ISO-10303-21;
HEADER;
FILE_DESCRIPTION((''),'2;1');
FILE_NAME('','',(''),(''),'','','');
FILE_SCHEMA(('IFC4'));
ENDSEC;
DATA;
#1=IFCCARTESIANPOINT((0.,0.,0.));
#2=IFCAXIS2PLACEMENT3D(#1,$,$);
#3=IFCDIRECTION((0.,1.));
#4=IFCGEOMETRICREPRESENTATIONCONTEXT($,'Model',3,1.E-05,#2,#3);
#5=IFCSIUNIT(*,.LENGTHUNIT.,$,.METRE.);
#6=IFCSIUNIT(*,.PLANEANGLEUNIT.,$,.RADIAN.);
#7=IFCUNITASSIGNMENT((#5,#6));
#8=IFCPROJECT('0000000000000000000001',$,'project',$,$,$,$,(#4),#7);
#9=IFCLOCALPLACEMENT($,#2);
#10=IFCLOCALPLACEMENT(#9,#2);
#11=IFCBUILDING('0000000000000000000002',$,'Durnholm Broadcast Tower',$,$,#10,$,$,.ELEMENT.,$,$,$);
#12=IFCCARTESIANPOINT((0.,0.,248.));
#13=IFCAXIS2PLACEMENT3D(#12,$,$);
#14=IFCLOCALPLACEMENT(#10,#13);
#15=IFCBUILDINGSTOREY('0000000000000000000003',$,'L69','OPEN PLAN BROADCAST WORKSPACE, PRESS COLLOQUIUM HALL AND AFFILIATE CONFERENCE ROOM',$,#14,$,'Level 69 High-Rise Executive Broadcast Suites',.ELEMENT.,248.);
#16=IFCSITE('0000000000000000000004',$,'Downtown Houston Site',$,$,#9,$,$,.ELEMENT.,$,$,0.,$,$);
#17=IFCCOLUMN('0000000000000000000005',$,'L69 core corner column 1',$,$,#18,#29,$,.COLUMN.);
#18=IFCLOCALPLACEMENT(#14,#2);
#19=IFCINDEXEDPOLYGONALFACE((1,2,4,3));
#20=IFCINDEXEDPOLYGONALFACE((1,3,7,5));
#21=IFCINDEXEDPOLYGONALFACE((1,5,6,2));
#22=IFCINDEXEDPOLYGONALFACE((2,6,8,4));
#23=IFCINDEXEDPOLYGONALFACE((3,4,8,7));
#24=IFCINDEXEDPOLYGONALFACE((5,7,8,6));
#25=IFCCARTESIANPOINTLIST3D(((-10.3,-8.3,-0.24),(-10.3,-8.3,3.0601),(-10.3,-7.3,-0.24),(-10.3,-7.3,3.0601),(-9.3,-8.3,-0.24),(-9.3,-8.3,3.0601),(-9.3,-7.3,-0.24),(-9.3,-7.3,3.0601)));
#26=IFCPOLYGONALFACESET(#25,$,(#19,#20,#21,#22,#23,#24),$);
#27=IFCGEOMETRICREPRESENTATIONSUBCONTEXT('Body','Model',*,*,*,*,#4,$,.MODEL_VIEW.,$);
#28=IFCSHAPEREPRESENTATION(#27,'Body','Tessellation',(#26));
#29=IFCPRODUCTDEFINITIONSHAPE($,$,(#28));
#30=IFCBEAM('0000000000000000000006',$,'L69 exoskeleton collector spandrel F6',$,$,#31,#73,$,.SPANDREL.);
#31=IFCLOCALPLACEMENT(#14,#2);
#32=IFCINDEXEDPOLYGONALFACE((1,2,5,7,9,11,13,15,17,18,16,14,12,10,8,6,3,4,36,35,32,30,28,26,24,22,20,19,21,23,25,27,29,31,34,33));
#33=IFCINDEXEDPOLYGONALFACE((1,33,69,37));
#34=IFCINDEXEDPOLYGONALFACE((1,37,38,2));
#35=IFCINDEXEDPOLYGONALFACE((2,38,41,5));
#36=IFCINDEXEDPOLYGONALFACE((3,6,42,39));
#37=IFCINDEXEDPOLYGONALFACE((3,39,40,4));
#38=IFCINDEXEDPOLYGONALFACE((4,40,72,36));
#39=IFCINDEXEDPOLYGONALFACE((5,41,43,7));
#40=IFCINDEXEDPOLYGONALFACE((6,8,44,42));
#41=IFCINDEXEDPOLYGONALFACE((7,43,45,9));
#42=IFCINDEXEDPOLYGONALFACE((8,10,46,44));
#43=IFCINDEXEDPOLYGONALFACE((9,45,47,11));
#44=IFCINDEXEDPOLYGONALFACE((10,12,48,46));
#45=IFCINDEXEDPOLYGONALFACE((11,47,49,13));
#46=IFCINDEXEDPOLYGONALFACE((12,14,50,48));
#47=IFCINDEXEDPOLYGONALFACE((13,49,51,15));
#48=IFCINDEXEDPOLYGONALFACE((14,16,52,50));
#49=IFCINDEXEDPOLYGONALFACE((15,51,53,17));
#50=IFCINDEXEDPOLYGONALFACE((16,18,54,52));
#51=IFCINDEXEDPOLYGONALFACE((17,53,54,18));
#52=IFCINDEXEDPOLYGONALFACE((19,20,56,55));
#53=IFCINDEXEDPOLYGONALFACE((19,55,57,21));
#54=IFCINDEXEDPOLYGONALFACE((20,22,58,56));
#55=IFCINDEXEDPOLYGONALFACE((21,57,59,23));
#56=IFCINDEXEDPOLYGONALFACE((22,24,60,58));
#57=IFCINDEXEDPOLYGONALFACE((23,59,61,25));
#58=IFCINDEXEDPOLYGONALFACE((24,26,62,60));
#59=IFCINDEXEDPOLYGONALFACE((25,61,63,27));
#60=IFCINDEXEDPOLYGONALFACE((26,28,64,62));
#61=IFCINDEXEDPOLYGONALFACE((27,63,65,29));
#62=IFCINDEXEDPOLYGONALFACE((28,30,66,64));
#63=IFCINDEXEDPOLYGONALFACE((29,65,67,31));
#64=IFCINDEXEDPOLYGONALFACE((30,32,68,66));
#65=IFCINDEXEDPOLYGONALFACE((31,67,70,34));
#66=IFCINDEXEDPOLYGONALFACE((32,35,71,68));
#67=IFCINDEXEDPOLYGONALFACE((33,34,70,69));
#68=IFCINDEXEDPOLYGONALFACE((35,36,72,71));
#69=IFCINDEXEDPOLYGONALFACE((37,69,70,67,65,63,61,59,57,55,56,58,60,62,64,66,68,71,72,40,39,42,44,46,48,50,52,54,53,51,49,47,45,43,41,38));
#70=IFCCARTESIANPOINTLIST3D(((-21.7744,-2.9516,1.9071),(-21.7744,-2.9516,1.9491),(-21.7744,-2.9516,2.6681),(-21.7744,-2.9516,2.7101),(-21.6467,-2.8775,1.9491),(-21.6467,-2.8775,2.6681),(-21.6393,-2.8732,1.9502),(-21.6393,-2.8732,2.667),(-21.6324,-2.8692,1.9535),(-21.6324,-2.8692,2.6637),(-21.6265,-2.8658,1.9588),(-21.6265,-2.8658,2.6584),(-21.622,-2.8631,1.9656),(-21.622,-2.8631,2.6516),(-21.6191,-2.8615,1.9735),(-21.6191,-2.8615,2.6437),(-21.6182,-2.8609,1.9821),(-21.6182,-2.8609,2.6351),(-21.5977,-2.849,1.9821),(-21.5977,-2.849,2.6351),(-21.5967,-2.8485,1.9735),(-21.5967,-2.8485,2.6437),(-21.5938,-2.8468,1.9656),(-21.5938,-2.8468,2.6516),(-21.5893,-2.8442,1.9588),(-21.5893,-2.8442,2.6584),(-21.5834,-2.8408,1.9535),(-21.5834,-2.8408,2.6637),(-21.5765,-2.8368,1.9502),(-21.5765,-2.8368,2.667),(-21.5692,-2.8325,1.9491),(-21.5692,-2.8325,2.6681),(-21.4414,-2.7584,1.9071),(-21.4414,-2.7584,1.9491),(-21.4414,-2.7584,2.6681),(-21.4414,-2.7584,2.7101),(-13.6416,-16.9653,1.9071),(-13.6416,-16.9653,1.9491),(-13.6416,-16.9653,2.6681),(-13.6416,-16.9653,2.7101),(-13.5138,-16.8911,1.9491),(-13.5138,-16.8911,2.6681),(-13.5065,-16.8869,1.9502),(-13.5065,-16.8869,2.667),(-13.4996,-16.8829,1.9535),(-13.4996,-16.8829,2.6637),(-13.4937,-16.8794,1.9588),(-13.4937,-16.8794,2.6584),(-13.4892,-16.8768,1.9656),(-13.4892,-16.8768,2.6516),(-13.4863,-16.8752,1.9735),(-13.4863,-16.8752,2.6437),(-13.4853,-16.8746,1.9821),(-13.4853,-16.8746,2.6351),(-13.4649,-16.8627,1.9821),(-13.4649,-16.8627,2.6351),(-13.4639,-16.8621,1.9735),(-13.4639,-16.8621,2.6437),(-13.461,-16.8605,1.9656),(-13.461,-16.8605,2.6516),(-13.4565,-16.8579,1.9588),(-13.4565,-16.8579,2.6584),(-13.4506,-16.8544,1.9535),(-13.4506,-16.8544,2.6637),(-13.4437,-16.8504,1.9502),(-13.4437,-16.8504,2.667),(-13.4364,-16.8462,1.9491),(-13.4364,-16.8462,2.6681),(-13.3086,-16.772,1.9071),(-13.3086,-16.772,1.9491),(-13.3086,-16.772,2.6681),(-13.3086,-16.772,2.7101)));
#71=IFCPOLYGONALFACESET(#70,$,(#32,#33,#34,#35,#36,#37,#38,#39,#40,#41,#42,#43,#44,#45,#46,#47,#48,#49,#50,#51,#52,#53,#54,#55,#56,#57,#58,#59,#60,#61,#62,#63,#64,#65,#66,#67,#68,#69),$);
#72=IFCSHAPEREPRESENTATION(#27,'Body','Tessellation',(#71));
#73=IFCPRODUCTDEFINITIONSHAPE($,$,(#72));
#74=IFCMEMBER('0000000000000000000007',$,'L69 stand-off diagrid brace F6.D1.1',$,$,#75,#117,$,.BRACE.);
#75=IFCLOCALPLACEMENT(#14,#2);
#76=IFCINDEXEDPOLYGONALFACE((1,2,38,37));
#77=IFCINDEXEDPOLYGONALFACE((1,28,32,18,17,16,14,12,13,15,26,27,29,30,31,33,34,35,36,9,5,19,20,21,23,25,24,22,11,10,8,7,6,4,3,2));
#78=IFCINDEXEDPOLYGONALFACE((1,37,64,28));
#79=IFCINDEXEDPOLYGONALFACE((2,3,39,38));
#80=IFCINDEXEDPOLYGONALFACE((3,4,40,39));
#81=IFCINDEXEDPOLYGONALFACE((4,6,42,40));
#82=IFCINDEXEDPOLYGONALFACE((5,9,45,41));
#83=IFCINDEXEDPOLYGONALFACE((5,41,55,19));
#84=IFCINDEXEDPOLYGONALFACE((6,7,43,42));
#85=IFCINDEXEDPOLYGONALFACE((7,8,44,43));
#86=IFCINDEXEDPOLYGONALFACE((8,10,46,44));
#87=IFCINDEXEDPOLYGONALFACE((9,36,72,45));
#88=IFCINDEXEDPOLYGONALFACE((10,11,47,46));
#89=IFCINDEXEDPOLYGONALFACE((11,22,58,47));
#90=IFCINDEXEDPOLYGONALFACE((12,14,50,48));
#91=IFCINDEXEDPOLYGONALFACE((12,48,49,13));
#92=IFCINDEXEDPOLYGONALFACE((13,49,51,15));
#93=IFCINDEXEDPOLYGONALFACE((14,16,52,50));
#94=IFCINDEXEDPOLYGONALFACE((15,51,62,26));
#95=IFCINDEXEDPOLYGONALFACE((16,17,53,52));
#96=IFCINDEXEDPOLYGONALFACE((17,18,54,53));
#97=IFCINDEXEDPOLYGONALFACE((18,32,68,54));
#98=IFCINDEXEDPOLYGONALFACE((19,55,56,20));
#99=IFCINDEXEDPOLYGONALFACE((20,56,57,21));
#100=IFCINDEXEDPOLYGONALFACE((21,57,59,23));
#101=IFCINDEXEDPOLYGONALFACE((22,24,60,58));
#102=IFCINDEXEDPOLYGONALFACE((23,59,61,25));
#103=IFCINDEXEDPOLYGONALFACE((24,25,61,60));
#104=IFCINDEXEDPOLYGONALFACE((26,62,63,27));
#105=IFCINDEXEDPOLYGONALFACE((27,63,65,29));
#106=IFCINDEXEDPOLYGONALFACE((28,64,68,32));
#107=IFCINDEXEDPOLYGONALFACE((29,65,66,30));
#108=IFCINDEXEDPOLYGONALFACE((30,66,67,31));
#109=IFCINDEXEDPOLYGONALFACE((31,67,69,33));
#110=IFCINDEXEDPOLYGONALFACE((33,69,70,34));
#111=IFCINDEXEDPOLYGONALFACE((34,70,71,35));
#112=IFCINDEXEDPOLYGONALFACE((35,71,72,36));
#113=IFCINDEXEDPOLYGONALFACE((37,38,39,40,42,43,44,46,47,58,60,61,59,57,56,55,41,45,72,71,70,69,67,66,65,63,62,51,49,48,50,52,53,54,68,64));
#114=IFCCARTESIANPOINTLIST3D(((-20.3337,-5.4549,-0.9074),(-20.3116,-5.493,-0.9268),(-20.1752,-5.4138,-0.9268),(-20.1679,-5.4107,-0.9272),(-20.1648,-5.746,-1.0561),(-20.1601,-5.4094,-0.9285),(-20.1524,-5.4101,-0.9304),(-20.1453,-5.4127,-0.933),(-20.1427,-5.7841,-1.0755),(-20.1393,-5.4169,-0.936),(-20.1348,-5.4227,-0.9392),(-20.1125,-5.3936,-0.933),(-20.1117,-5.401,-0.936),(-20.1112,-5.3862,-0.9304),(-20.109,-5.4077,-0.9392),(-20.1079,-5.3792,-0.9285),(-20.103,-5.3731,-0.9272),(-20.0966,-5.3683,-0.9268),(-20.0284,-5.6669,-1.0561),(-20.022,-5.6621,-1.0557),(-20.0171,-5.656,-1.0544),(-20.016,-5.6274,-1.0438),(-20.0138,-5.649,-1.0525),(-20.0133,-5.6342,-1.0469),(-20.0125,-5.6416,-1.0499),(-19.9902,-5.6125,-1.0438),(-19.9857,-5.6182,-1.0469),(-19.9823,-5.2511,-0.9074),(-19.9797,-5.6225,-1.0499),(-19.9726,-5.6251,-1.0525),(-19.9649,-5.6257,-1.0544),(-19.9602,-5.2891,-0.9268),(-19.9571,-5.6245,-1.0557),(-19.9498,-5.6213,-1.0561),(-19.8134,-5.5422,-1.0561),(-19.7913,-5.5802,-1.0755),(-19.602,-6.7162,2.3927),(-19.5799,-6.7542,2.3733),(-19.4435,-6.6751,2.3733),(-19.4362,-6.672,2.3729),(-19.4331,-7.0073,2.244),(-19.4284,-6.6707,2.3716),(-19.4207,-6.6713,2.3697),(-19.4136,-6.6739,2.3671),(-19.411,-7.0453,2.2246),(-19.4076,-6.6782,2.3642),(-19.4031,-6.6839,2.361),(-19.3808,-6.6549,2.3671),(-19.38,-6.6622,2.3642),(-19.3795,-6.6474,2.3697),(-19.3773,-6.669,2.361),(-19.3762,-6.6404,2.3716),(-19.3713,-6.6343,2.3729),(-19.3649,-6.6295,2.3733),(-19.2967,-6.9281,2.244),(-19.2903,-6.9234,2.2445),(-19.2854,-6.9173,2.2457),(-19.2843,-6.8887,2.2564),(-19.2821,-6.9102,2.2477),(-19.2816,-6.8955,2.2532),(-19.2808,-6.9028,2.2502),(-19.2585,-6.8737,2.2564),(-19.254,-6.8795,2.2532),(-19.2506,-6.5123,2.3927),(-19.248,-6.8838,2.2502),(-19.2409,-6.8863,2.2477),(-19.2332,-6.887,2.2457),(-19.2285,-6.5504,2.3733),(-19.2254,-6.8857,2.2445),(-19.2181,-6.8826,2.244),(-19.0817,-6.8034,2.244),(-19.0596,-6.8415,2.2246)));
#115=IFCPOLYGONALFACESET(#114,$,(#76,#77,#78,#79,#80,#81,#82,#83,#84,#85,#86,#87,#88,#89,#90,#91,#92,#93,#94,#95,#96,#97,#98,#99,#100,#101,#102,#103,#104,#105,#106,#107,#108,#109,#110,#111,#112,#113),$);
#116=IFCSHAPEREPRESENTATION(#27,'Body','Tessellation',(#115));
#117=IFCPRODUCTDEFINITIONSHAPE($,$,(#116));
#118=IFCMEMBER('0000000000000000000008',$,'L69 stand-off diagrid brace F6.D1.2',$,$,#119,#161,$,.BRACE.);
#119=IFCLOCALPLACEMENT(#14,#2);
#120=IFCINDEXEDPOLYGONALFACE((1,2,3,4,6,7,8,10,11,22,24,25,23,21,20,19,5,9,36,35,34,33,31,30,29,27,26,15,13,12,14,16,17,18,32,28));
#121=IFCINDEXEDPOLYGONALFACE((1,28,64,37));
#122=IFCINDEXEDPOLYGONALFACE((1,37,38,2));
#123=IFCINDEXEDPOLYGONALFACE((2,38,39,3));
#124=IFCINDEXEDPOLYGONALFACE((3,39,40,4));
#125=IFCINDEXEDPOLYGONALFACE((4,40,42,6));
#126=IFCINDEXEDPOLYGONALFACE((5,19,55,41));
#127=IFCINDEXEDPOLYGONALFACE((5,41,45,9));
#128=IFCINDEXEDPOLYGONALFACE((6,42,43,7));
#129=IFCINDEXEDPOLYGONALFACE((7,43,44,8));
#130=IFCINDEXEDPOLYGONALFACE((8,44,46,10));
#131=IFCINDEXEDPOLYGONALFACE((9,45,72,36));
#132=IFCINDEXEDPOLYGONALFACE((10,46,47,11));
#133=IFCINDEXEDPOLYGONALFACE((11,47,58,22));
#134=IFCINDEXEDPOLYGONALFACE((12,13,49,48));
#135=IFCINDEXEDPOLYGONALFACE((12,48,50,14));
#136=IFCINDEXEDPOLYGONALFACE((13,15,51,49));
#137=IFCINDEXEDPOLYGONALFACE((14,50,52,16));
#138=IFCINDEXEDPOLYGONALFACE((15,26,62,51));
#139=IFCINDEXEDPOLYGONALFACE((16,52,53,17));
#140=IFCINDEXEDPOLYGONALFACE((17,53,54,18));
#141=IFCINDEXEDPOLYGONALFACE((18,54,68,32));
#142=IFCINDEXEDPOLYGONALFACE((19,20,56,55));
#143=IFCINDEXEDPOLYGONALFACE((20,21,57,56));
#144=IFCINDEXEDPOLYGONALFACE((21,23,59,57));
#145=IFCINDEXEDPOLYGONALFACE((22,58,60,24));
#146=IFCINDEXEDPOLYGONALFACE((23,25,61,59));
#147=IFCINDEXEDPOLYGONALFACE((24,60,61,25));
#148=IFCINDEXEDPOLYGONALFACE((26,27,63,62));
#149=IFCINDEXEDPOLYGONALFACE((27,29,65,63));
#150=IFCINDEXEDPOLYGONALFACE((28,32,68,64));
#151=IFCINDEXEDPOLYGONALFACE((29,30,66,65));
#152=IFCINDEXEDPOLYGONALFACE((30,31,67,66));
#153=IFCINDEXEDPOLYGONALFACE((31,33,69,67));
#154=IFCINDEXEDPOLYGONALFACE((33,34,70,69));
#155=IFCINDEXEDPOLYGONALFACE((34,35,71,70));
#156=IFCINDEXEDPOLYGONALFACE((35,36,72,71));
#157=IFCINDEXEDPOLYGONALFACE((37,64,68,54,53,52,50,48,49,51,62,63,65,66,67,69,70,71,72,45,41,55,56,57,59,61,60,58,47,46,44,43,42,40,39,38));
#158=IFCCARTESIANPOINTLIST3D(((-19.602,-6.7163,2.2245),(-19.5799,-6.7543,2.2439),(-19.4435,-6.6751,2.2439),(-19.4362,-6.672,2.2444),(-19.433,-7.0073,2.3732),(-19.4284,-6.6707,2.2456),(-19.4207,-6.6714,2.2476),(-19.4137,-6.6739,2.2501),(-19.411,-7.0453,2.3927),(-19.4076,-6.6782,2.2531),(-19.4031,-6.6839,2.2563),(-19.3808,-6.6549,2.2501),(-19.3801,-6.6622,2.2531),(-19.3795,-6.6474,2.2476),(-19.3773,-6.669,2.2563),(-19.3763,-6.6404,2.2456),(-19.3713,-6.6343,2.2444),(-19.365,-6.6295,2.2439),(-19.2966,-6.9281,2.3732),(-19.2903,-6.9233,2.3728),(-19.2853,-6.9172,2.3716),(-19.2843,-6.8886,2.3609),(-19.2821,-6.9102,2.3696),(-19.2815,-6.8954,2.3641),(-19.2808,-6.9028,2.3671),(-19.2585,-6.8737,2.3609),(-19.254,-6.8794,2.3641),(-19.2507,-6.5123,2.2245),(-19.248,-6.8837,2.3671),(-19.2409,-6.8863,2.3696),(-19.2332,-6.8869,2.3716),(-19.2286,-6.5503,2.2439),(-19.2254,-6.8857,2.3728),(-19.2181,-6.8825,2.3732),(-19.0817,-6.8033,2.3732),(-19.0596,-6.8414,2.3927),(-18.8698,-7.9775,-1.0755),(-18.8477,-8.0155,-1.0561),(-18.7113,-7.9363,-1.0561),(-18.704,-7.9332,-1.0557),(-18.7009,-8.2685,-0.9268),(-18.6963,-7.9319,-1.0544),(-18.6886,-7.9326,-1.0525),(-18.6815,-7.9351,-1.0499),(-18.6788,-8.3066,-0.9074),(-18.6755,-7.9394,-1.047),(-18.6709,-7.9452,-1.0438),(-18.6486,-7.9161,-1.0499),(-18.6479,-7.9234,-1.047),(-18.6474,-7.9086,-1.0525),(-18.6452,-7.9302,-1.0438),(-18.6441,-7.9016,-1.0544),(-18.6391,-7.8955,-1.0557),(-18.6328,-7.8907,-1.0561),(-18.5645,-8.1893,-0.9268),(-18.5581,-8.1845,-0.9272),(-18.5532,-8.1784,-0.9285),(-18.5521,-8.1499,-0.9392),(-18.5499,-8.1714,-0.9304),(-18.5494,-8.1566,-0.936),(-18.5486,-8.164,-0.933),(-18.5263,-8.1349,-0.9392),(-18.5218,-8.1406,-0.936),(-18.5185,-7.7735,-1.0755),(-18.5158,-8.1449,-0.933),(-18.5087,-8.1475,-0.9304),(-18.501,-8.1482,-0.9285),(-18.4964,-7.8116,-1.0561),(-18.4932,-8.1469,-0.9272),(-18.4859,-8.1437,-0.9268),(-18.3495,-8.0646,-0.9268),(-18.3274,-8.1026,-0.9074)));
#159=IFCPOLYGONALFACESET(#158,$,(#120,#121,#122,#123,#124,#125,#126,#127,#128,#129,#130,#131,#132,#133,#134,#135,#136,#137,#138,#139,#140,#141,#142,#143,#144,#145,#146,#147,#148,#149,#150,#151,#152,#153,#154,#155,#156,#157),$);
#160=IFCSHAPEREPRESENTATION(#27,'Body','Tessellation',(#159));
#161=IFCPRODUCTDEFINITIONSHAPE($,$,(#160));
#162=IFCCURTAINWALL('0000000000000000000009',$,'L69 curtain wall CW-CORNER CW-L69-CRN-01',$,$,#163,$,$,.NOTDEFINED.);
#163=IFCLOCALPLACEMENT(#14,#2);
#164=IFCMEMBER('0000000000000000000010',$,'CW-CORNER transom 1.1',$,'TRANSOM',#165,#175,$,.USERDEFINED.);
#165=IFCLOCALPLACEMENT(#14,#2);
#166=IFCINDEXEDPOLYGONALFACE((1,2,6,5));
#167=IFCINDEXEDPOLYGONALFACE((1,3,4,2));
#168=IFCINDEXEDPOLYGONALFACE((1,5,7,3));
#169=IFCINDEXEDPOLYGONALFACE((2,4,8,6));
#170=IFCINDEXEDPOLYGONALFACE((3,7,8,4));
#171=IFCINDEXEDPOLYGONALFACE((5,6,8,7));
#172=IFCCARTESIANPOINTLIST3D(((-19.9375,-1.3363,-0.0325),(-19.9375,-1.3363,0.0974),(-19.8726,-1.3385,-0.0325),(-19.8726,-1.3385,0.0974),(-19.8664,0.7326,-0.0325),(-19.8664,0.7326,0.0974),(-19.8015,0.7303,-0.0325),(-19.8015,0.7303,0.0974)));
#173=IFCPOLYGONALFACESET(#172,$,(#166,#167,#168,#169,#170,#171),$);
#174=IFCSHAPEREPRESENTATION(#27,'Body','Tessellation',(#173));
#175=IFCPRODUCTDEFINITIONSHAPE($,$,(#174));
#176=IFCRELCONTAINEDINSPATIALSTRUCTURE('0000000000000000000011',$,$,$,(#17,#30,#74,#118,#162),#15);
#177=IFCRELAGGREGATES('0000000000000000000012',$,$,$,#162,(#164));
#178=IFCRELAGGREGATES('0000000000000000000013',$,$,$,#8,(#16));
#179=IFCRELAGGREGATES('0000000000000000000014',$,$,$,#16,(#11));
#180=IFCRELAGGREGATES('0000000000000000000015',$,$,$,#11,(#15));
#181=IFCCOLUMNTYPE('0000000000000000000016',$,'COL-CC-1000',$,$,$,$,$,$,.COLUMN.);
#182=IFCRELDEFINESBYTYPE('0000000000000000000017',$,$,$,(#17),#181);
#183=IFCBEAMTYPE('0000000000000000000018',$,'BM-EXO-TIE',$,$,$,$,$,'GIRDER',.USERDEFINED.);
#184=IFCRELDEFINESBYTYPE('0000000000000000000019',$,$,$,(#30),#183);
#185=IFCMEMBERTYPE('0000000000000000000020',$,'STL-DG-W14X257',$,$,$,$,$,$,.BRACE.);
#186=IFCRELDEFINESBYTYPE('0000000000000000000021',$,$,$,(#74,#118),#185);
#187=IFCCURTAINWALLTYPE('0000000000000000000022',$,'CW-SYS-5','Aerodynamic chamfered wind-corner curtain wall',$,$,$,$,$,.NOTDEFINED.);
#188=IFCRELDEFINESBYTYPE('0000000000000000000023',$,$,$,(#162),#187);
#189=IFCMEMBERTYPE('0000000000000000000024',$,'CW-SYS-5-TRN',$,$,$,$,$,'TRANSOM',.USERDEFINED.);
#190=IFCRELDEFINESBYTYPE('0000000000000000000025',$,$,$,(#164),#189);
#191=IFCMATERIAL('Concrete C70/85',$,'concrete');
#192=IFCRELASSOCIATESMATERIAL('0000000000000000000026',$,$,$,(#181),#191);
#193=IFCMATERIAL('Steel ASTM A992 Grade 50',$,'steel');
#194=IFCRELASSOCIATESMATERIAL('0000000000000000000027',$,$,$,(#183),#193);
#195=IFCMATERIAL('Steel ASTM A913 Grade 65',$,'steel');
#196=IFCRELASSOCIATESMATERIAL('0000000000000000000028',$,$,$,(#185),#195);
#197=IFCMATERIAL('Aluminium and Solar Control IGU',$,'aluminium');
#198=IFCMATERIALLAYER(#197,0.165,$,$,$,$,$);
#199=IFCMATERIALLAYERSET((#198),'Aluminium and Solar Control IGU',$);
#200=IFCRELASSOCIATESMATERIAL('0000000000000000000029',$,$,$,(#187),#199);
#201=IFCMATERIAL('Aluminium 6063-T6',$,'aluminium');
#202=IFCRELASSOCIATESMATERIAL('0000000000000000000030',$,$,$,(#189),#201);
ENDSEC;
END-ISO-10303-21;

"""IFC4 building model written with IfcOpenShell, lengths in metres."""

from ifc_helpers import new_model, si_unit, direction, frame, origin, origin_2d, place, context, subcontext, project, spatial, rectangle, i_section, extrude, source, transform, mapped, material, layer, layer_set, material_profile, profile_set, type_object, type_shapes, element, aggregate, save


model = new_model("IFC4")

# Units and contexts
model_context = context("Model", 3, precision=1e-05, world=origin(), true_north=direction((0.0, 1.0)))
body_context = subcontext(model_context, "Body", "Model", "MODEL_VIEW")
ifc_project = project(units=[si_unit("LENGTHUNIT", "METRE"), si_unit("PLANEANGLEUNIT", "RADIAN")], contexts=[model_context])

# Site, building, storey
site_placement = place(None, origin())
site = spatial("IfcSite", under=ifc_project, at=site_placement, Name="Downtown Houston Site", CompositionType="ELEMENT", RefElevation=0.0)
building_placement = place(site_placement, origin())
building = spatial("IfcBuilding", under=site, at=building_placement, Name="Durnholm Broadcast Tower", CompositionType="ELEMENT")
storey_placement = place(building_placement, frame((0.0, 0.0, 248.0)))
storey = spatial("IfcBuildingStorey", under=building, at=storey_placement, Name="L69", Description="OPEN PLAN BROADCAST WORKSPACE, PRESS COLLOQUIUM HALL AND AFFILIATE CONFERENCE ROOM", LongName="Level 69 High-Rise Executive Broadcast Suites", CompositionType="ELEMENT", Elevation=248.0)

# Column
ifc_material_1 = material(Name="Concrete C70/85", Category="concrete")
ifc_material_profile_1 = material_profile(ifc_material_1, rectangle(XDim=1.0, YDim=1.0, at=origin_2d()), Name="RC1000X1000")
ifc_profile_set_1 = profile_set([ifc_material_profile_1], Name="Concrete C70/85")
column_type = type_object("IfcColumnType", Name="COL-CC-1000", PredefinedType="COLUMN", material=ifc_profile_set_1)
shared_shape_1 = source(origin(), body_context, "Body", "SweptSolid", [
    extrude(rectangle(XDim=1.0, YDim=1.0, at=origin_2d()), origin(), (0.0, 0.0, 1.0), 3.3),
])
type_shapes(column_type, [shared_shape_1])
column_placement = place(storey_placement, frame((-9.8, -7.8, -0.24), z_axis=(0.0, 0.0, 1.0), x_axis=(1.0, 0.0, 0.0)))
element("IfcColumn", 1, at=column_placement, inside=storey, type_object=column_type, Name="L69 core corner column 1", PredefinedType="COLUMN", context=body_context, shape_type="MappedRepresentation", body=[
    mapped(shared_shape_1, transform((0.0, 0.0, 0.0), x_axis=(1.0, 0.0, 0.0), y_axis=(0.0, 1.0, 0.0), z_axis=(0.0, 0.0, 1.0), scale=1.0)),
])

# Beam
ifc_material_2 = material(Name="Steel ASTM A992 Grade 50", Category="steel")
ifc_material_profile_2 = material_profile(ifc_material_2, i_section(OverallWidth=0.385, OverallDepth=0.803, WebThickness=0.0237, FlangeThickness=0.042, FilletRadius=0.033, at=origin_2d()), Name="W30X261")
ifc_profile_set_2 = profile_set([ifc_material_profile_2], Name="Steel ASTM A992 Grade 50")
beam_type = type_object("IfcBeamType", Name="BM-EXO-TIE", ElementType="GIRDER", PredefinedType="USERDEFINED", material=ifc_profile_set_2)
shared_shape_2 = source(origin(), body_context, "Body", "SweptSolid", [
    extrude(i_section(OverallWidth=0.385, OverallDepth=0.803, WebThickness=0.0237, FlangeThickness=0.042, FilletRadius=0.033, at=origin_2d()), origin(), (0.0, 0.0, 1.0), 16.2026),
])
type_shapes(beam_type, [shared_shape_2])
beam_placement = place(storey_placement, frame((-21.6079, -2.855, 2.3086), z_axis=(0.501944, -0.8649, 0.0), x_axis=(0.8649, 0.501944, 0.0)))
element("IfcBeam", 2, at=beam_placement, inside=storey, type_object=beam_type, Name="L69 exoskeleton collector spandrel F6", PredefinedType="SPANDREL", context=body_context, shape_type="MappedRepresentation", body=[
    mapped(shared_shape_2, transform((0.0, 0.0, 0.0), x_axis=(1.0, 0.0, 0.0), y_axis=(0.0, 1.0, 0.0), z_axis=(0.0, 0.0, 1.0), scale=1.0)),
])

# Members
ifc_material_3 = material(Name="Steel ASTM A913 Grade 65", Category="steel")
ifc_material_profile_3 = material_profile(ifc_material_3, i_section(OverallWidth=0.4062, OverallDepth=0.416, WebThickness=0.0298, FlangeThickness=0.0481, FilletRadius=0.0305, at=origin_2d()), Name="W14X257")
ifc_profile_set_3 = profile_set([ifc_material_profile_3], Name="Steel ASTM A913 Grade 65")
member_type_1 = type_object("IfcMemberType", Name="STL-DG-W14X257", PredefinedType="BRACE", material=ifc_profile_set_3)
shared_shape_3 = source(origin(), body_context, "Body", "SweptSolid", [
    extrude(i_section(OverallWidth=0.4062, OverallDepth=0.416, WebThickness=0.0298, FlangeThickness=0.0481, FilletRadius=0.0305, at=origin_2d()), origin(), (0.0, 0.0, 1.0), 3.6079),
])
type_shapes(member_type_1, [shared_shape_3])
for number, where, z_axis, x_axis, name in (
    (3, (-20.0625, -5.5176, -0.9915), (0.202806, -0.349582, 0.914692), (0.864979, 0.501808, 0.0), "L69 stand-off diagrid brace F6.D1.1"),
    (4, (-18.5986, -8.04, -0.9915), (-0.202936, 0.349572, 0.914667), (-0.864833, -0.502059, 0.0), "L69 stand-off diagrid brace F6.D1.2"),
):
    element("IfcMember", number, at=place(storey_placement, frame(where, z_axis=z_axis, x_axis=x_axis)), inside=storey, type_object=member_type_1, Name=name, PredefinedType="BRACE", context=body_context, shape_type="MappedRepresentation", body=[
        mapped(shared_shape_3, transform((0.0, 0.0, 0.0), x_axis=(1.0, 0.0, 0.0), y_axis=(0.0, 1.0, 0.0), z_axis=(0.0, 0.0, 1.0), scale=1.0)),
    ])

# Curtain wall, member
ifc_material_4 = material(Name="Aluminium and Solar Control IGU", Category="aluminium")
ifc_layer_1 = layer(ifc_material_4, 0.165)
ifc_layer_set_1 = layer_set([ifc_layer_1], Name="Aluminium and Solar Control IGU")
curtain_wall_type_1 = type_object("IfcCurtainWallType", Name="CW-SYS-5", Description="Aerodynamic chamfered wind-corner curtain wall", PredefinedType="NOTDEFINED", material=ifc_layer_set_1)
curtain_wall_1_placement = place(storey_placement, origin())
curtain_wall_1 = element("IfcCurtainWall", 5, at=curtain_wall_1_placement, inside=storey, type_object=curtain_wall_type_1, Name="L69 curtain wall CW-CORNER CW-L69-CRN-01", PredefinedType="NOTDEFINED")
ifc_material_5 = material(Name="Aluminium 6063-T6", Category="aluminium")
ifc_material_profile_4 = material_profile(ifc_material_5, rectangle(XDim=0.0649, YDim=0.1299, at=origin_2d()), Name="CWT65X130")
ifc_profile_set_4 = profile_set([ifc_material_profile_4], Name="Aluminium 6063-T6")
member_type_2 = type_object("IfcMemberType", Name="CW-SYS-5-TRN", ElementType="TRANSOM", PredefinedType="USERDEFINED", material=ifc_profile_set_4)
shared_shape_4 = source(origin(), body_context, "Body", "SweptSolid", [
    extrude(rectangle(XDim=0.0649, YDim=0.1299, at=origin_2d()), origin(), (0.0, 0.0, 1.0), 2.0701),
])
type_shapes(member_type_2, [shared_shape_4])
member_1_placement = place(storey_placement, frame((-19.905, -1.3374, 0.0325), z_axis=(0.03432, 0.999411, 0.0), x_axis=(-0.999411, 0.03432, 0.0)))
member_1 = element("IfcMember", 6, at=member_1_placement, type_object=member_type_2, Name="CW-CORNER transom 1.1", ObjectType="TRANSOM", PredefinedType="USERDEFINED", context=body_context, shape_type="MappedRepresentation", body=[
    mapped(shared_shape_4, transform((0.0, 0.0, 0.0), x_axis=(1.0, 0.0, 0.0), y_axis=(0.0, 1.0, 0.0), z_axis=(0.0, 0.0, 1.0), scale=1.0)),
])
aggregate(curtain_wall_1, [member_1])

save(model, "model.ifc")
